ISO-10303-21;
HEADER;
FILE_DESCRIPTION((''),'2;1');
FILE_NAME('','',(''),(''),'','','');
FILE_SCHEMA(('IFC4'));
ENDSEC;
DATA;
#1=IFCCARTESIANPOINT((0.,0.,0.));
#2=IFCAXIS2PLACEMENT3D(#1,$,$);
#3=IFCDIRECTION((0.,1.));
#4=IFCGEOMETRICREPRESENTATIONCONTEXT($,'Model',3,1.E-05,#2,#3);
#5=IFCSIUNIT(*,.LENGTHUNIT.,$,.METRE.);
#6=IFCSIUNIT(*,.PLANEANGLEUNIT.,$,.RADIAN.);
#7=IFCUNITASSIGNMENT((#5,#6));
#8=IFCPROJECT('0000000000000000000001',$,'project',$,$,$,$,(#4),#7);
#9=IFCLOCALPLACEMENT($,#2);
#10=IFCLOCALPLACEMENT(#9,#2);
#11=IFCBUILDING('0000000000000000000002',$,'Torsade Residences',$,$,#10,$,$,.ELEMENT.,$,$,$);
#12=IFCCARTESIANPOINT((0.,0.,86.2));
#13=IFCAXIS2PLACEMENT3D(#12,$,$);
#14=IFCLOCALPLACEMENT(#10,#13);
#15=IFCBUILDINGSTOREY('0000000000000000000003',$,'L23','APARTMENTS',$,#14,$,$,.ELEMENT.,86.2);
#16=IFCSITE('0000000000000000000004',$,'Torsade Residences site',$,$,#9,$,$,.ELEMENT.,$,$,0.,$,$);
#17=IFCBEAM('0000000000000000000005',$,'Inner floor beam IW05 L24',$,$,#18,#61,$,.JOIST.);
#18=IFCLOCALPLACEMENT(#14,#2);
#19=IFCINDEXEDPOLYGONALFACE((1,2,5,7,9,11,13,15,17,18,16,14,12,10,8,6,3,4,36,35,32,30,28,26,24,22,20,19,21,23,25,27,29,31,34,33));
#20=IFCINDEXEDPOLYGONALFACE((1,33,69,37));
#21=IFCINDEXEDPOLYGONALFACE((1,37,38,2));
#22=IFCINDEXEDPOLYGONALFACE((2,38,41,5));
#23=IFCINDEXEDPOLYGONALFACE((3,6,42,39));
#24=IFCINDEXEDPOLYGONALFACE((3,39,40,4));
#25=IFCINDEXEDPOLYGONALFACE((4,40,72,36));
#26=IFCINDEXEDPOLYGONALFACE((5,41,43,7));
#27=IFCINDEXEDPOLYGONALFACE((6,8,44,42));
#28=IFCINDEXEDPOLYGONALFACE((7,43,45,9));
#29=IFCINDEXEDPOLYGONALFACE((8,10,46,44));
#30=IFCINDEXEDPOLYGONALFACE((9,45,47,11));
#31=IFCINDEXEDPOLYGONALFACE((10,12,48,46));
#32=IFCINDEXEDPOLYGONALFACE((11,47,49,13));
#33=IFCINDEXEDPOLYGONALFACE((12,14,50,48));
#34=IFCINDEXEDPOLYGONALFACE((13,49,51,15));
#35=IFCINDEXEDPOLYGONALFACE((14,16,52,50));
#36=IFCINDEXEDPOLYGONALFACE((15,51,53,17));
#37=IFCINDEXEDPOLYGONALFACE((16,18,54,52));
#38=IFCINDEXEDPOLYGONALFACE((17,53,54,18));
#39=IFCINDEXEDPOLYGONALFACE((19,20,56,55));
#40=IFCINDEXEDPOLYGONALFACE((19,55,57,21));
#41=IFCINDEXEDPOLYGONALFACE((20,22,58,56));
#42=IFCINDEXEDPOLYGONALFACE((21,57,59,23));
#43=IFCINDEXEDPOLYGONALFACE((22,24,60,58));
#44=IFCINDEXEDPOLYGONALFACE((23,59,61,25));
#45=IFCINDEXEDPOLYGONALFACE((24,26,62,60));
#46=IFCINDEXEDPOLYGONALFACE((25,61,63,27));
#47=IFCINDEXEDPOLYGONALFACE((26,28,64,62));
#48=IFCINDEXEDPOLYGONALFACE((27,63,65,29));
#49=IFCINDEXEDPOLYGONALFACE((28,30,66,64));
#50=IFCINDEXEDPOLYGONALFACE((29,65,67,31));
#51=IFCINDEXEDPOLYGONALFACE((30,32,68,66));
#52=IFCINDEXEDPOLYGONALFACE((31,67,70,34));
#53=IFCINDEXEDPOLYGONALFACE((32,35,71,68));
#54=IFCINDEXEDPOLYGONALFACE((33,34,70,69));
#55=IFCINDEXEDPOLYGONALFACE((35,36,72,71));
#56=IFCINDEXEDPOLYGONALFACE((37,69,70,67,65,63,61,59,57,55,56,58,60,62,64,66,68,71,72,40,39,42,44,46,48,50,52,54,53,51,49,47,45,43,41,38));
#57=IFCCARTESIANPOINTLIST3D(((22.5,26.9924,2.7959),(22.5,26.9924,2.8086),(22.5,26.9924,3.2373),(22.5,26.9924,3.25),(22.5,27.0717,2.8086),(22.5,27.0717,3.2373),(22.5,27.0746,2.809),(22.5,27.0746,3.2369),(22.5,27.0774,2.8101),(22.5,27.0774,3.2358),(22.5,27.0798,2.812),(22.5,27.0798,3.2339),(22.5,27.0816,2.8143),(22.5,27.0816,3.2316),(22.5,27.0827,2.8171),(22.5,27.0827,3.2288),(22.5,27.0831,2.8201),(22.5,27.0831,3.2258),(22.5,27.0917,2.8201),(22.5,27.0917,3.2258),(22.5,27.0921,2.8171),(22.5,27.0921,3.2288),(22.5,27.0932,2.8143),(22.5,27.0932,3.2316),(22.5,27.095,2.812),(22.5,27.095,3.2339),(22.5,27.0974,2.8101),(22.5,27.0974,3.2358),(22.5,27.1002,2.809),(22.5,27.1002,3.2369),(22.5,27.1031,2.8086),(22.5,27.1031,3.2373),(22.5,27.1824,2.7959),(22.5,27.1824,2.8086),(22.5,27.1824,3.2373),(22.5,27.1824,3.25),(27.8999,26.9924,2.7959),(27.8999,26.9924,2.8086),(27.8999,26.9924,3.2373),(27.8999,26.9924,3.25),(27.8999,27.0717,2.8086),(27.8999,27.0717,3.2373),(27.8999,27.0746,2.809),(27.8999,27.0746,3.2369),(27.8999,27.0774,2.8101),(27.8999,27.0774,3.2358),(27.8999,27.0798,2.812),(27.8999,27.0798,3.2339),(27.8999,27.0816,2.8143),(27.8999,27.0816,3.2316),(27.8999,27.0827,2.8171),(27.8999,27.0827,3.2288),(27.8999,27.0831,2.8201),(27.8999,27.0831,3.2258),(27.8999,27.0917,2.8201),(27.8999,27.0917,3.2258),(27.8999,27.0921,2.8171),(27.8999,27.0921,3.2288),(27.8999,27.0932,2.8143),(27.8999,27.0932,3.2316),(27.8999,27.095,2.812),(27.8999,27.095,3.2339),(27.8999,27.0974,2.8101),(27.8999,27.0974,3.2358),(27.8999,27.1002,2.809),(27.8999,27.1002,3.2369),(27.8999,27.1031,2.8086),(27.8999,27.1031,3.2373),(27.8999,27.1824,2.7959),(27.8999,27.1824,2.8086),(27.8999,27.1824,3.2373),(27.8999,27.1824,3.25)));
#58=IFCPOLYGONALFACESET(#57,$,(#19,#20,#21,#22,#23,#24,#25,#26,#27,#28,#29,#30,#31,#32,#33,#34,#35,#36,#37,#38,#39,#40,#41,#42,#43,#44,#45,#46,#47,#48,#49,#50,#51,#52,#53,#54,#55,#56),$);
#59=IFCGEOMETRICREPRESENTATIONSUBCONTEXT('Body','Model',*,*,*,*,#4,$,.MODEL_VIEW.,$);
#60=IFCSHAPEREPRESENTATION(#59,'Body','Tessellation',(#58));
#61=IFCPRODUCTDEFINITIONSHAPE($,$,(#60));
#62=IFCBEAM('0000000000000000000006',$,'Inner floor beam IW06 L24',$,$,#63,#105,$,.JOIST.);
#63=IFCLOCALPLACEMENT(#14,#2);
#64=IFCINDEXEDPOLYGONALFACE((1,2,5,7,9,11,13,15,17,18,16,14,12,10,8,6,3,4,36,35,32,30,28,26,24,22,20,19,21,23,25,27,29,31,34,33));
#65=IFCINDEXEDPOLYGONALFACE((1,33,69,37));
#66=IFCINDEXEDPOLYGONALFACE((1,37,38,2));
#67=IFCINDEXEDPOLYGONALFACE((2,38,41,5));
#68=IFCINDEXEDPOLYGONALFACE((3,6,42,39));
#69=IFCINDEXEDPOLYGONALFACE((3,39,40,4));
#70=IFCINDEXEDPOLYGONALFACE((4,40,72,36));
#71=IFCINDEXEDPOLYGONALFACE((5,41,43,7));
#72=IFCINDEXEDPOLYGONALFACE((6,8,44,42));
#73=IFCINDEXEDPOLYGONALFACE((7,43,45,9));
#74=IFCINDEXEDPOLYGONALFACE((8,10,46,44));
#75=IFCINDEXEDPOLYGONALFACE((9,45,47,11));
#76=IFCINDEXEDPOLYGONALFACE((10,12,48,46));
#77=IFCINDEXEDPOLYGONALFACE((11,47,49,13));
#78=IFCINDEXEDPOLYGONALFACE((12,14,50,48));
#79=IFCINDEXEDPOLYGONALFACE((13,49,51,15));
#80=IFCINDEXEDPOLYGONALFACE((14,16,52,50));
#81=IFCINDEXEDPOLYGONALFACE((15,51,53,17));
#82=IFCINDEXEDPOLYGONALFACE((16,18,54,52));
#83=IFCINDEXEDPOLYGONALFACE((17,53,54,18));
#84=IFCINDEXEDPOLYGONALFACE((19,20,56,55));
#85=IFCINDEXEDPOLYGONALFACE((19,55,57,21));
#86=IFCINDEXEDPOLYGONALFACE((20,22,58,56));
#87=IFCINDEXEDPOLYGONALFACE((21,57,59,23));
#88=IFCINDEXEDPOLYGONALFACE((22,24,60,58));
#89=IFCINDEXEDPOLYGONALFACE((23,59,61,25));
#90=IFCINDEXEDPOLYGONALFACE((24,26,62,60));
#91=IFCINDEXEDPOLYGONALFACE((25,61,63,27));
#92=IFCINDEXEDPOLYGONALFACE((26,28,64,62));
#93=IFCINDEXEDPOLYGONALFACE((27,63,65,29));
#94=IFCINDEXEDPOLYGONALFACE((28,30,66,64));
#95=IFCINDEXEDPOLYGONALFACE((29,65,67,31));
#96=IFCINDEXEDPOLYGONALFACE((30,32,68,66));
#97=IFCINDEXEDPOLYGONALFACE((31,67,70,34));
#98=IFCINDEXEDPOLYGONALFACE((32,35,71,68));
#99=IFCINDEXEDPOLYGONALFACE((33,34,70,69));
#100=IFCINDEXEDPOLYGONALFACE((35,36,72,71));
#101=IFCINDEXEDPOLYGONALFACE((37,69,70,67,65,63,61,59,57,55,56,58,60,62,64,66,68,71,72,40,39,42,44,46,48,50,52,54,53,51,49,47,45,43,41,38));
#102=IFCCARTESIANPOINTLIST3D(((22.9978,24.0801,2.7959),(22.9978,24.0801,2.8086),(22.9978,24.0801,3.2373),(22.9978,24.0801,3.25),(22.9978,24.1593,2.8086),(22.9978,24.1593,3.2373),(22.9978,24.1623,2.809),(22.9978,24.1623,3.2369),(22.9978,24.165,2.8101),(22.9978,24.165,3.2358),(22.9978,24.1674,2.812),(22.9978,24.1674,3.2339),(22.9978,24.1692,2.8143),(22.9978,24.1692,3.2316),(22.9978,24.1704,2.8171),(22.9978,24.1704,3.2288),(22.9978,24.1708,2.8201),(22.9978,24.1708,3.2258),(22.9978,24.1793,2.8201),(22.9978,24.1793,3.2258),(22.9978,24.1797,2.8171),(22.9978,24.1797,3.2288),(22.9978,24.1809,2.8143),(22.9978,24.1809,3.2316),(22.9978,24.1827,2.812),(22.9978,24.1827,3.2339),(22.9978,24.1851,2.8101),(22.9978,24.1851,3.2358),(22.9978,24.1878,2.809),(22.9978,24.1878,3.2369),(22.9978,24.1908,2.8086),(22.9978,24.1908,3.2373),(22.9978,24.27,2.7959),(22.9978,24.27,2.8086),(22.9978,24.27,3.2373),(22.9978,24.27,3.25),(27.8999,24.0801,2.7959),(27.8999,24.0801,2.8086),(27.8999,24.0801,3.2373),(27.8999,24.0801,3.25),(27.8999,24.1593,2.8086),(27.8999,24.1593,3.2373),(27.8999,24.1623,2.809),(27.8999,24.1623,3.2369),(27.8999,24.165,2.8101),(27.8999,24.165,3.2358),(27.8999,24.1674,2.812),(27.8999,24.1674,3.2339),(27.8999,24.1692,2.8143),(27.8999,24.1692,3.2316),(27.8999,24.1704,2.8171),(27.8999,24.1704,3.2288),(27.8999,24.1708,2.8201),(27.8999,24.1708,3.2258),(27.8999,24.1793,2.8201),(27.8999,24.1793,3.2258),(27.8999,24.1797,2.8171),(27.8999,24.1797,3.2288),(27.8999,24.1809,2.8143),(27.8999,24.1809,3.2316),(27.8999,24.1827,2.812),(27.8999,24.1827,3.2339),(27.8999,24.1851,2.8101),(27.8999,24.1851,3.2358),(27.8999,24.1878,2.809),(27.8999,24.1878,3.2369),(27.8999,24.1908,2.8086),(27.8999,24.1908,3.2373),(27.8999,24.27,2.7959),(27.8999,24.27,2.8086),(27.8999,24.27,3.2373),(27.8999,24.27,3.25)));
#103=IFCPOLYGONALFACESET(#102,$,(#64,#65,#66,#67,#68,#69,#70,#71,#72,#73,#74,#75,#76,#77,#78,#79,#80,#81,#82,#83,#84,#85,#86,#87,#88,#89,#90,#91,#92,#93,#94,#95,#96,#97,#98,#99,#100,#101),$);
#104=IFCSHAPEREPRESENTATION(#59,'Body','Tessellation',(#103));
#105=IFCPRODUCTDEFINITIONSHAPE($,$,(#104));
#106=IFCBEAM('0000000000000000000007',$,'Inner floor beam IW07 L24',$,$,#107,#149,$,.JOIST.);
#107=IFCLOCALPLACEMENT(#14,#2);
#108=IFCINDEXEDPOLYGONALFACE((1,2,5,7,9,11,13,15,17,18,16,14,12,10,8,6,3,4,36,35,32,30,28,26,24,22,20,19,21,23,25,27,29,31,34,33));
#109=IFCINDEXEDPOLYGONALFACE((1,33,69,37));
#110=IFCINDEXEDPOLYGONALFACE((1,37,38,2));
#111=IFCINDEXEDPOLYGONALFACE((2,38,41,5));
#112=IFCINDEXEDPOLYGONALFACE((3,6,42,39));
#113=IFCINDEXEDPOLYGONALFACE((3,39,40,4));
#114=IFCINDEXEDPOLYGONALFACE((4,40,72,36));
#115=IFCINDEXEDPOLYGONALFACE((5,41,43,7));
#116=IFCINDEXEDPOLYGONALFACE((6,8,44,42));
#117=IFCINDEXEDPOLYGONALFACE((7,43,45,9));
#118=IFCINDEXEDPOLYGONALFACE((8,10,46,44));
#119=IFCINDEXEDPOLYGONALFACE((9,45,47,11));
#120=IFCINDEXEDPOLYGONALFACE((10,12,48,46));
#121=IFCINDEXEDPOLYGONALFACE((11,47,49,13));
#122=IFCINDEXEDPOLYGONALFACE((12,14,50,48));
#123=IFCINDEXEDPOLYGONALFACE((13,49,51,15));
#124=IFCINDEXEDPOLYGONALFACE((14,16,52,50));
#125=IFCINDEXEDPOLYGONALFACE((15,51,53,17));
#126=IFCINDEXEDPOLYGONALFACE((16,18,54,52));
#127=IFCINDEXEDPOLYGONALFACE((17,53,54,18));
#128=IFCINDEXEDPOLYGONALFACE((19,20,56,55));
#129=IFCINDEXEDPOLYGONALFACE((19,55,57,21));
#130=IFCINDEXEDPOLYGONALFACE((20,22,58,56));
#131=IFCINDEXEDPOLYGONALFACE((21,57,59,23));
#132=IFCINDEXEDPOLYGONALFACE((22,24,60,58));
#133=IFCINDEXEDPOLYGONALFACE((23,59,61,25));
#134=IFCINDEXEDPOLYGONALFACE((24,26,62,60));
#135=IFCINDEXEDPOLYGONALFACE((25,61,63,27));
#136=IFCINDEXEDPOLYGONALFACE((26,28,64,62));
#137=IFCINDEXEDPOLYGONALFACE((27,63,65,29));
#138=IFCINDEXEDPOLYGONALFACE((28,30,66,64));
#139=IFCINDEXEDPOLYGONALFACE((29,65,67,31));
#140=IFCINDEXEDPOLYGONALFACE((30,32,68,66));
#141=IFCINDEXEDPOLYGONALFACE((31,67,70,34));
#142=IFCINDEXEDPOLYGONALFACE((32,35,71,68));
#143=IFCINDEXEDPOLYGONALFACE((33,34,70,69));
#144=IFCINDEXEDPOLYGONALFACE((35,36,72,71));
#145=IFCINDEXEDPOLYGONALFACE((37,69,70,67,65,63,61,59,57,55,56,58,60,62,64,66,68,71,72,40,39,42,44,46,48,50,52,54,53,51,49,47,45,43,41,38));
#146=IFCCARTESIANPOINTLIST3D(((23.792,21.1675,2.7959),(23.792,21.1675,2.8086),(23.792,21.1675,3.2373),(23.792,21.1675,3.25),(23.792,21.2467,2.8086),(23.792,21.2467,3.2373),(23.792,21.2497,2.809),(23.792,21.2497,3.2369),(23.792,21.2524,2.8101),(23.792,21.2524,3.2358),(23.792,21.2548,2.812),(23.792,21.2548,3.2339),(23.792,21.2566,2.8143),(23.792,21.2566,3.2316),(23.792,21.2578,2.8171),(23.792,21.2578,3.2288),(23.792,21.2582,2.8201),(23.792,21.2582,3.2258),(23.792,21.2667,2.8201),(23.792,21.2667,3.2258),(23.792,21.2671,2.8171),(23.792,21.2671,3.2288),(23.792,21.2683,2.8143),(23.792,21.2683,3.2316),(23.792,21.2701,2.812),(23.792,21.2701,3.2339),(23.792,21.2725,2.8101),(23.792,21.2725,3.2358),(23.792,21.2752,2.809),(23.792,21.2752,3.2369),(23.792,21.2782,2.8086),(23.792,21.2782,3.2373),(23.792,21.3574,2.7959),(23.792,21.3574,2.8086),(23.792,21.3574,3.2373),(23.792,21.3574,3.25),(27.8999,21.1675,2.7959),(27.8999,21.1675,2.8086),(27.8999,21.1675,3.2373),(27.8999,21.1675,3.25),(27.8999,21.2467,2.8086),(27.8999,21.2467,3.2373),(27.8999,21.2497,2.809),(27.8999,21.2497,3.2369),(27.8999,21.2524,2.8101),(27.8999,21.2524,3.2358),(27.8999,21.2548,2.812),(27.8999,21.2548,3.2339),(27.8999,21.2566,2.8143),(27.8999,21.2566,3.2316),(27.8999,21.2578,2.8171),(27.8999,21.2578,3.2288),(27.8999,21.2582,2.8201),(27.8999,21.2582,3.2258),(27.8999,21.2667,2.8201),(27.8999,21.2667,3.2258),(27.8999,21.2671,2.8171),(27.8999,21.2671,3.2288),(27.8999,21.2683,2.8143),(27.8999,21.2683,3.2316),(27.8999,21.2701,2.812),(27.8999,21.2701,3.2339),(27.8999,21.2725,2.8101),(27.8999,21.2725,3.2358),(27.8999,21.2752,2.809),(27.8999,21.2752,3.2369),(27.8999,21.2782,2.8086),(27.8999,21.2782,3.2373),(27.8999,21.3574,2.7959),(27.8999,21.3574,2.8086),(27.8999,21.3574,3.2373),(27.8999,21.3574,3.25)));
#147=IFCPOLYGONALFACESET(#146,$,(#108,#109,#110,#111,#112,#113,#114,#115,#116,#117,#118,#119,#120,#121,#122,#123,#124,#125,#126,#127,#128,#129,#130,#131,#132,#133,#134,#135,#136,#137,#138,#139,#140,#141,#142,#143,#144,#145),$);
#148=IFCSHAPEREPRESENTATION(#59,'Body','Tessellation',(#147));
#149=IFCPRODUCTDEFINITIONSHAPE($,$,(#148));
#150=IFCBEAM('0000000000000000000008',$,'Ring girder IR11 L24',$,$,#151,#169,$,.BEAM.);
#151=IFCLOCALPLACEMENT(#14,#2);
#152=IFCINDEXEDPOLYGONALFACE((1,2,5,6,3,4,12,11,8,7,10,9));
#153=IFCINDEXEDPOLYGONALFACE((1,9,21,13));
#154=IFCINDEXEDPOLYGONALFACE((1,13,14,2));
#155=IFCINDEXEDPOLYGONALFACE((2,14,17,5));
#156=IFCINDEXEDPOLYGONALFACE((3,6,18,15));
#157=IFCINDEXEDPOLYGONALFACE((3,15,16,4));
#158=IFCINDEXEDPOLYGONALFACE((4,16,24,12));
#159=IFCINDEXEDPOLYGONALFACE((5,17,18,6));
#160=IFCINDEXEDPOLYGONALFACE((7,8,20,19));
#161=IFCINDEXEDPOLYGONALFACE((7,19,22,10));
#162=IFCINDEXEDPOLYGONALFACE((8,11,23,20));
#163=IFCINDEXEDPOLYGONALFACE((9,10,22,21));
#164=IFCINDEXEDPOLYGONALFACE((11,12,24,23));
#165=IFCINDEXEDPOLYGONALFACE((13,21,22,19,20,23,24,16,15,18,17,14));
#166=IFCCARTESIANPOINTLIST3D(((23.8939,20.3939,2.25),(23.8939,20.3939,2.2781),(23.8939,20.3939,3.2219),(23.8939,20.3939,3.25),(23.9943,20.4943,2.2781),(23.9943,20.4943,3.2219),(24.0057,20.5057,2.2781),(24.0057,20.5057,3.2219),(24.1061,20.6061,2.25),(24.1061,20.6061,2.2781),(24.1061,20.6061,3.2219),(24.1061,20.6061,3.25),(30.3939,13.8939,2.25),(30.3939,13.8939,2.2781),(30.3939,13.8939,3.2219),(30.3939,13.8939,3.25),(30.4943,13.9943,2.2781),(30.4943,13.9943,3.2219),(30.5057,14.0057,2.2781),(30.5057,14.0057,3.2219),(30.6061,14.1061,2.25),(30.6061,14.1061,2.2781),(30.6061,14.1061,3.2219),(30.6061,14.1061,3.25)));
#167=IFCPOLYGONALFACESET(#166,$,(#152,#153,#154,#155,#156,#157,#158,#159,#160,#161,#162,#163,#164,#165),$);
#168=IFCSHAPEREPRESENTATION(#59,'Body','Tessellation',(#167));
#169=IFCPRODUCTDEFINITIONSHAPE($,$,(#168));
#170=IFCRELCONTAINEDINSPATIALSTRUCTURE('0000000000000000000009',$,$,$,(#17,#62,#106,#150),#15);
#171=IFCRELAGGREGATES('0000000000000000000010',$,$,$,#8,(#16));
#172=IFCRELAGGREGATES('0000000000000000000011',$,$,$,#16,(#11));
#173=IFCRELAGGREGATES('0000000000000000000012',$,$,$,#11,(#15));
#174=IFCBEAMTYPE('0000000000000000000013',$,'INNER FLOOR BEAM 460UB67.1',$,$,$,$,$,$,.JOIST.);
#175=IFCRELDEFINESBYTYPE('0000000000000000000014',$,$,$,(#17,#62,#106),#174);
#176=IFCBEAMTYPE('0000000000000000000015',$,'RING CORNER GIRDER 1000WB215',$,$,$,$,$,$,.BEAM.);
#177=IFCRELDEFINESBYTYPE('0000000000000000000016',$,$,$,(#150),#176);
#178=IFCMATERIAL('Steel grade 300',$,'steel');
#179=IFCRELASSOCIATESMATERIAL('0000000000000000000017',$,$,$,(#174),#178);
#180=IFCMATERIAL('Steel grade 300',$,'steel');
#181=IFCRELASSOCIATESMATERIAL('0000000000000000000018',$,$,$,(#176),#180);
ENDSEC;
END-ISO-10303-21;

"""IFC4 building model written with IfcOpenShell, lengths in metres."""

from ifc_helpers import new_model, si_unit, direction, frame, origin, origin_2d, place, context, subcontext, project, spatial, i_section, extrude, material, material_profile, profile_set, type_object, element, save


model = new_model("IFC4")

# Units and contexts
model_context = context("Model", 3, precision=1e-05, world=origin(), true_north=direction((0.0, 1.0)))
body_context = subcontext(model_context, "Body", "Model", "MODEL_VIEW")
ifc_project = project(units=[si_unit("LENGTHUNIT", "METRE"), si_unit("PLANEANGLEUNIT", "RADIAN")], contexts=[model_context])

# Site, building, storey
site_placement = place(None, origin())
site = spatial("IfcSite", under=ifc_project, at=site_placement, Name="Torsade Residences site", CompositionType="ELEMENT", RefElevation=0.0)
building_placement = place(site_placement, origin())
building = spatial("IfcBuilding", under=site, at=building_placement, Name="Torsade Residences", CompositionType="ELEMENT")
storey_placement = place(building_placement, frame((0.0, 0.0, 86.2)))
storey = spatial("IfcBuildingStorey", under=building, at=storey_placement, Name="L23", Description="APARTMENTS", CompositionType="ELEMENT", Elevation=86.2)

# Beams
ifc_material_1 = material(Name="Steel grade 300", Category="steel")
ifc_material_profile_1 = material_profile(ifc_material_1, i_section(OverallWidth=0.1899, OverallDepth=0.4541, WebThickness=0.0085, FlangeThickness=0.0127, FilletRadius=0.0115, at=origin_2d()), Name="460UB67.1")
ifc_profile_set_1 = profile_set([ifc_material_profile_1], Name="Steel grade 300")
beam_type_1 = type_object("IfcBeamType", Name="INNER FLOOR BEAM 460UB67.1", PredefinedType="JOIST", material=ifc_profile_set_1)
beam_1_placement = place(storey_placement, frame((27.8999, 27.0874, 3.0229), z_axis=(-1.0, 0.0, 0.0), x_axis=(0.0, -1.0, 0.0)))
element("IfcBeam", 1, at=beam_1_placement, inside=storey, type_object=beam_type_1, Name="Inner floor beam IW05 L24", PredefinedType="JOIST", context=body_context, shape_type="SweptSolid", body=[
    extrude(i_section(OverallWidth=0.1899, OverallDepth=0.4541, WebThickness=0.0085, FlangeThickness=0.0127, FilletRadius=0.0115, at=origin_2d()), origin(), (0.0, 0.0, 1.0), 5.3999),
])
beam_2_placement = place(storey_placement, frame((27.8999, 24.175, 3.0229), z_axis=(-1.0, 0.0, 0.0), x_axis=(0.0, -1.0, 0.0)))
element("IfcBeam", 2, at=beam_2_placement, inside=storey, type_object=beam_type_1, Name="Inner floor beam IW06 L24", PredefinedType="JOIST", context=body_context, shape_type="SweptSolid", body=[
    extrude(i_section(OverallWidth=0.1899, OverallDepth=0.4541, WebThickness=0.0085, FlangeThickness=0.0127, FilletRadius=0.0115, at=origin_2d()), origin(), (0.0, 0.0, 1.0), 4.9021),
])
beam_3_placement = place(storey_placement, frame((27.8999, 21.2625, 3.0229), z_axis=(-1.0, 0.0, 0.0), x_axis=(0.0, -1.0, 0.0)))
element("IfcBeam", 3, at=beam_3_placement, inside=storey, type_object=beam_type_1, Name="Inner floor beam IW07 L24", PredefinedType="JOIST", context=body_context, shape_type="SweptSolid", body=[
    extrude(i_section(OverallWidth=0.1899, OverallDepth=0.4541, WebThickness=0.0085, FlangeThickness=0.0127, FilletRadius=0.0115, at=origin_2d()), origin(), (0.0, 0.0, 1.0), 4.1079),
])
ifc_material_2 = material(Name="Steel grade 300", Category="steel")
ifc_material_profile_2 = material_profile(ifc_material_2, i_section(OverallWidth=0.3, OverallDepth=1.0, WebThickness=0.0161, FlangeThickness=0.0281, at=origin_2d()), Name="1000WB215")
ifc_profile_set_2 = profile_set([ifc_material_profile_2], Name="Steel grade 300")
beam_type_2 = type_object("IfcBeamType", Name="RING CORNER GIRDER 1000WB215", PredefinedType="BEAM", material=ifc_profile_set_2)
beam_4_placement = place(storey_placement, frame((24.0, 20.5, 2.75), z_axis=(0.707107, -0.707107, 0.0), x_axis=(0.707107, 0.707107, 0.0)))
element("IfcBeam", 4, at=beam_4_placement, inside=storey, type_object=beam_type_2, Name="Ring girder IR11 L24", PredefinedType="BEAM", context=body_context, shape_type="SweptSolid", body=[
    extrude(i_section(OverallWidth=0.3, OverallDepth=1.0, WebThickness=0.0161, FlangeThickness=0.0281, at=origin_2d()), origin(), (0.0, 0.0, 1.0), 9.1924),
])

save(model, "model.ifc")
